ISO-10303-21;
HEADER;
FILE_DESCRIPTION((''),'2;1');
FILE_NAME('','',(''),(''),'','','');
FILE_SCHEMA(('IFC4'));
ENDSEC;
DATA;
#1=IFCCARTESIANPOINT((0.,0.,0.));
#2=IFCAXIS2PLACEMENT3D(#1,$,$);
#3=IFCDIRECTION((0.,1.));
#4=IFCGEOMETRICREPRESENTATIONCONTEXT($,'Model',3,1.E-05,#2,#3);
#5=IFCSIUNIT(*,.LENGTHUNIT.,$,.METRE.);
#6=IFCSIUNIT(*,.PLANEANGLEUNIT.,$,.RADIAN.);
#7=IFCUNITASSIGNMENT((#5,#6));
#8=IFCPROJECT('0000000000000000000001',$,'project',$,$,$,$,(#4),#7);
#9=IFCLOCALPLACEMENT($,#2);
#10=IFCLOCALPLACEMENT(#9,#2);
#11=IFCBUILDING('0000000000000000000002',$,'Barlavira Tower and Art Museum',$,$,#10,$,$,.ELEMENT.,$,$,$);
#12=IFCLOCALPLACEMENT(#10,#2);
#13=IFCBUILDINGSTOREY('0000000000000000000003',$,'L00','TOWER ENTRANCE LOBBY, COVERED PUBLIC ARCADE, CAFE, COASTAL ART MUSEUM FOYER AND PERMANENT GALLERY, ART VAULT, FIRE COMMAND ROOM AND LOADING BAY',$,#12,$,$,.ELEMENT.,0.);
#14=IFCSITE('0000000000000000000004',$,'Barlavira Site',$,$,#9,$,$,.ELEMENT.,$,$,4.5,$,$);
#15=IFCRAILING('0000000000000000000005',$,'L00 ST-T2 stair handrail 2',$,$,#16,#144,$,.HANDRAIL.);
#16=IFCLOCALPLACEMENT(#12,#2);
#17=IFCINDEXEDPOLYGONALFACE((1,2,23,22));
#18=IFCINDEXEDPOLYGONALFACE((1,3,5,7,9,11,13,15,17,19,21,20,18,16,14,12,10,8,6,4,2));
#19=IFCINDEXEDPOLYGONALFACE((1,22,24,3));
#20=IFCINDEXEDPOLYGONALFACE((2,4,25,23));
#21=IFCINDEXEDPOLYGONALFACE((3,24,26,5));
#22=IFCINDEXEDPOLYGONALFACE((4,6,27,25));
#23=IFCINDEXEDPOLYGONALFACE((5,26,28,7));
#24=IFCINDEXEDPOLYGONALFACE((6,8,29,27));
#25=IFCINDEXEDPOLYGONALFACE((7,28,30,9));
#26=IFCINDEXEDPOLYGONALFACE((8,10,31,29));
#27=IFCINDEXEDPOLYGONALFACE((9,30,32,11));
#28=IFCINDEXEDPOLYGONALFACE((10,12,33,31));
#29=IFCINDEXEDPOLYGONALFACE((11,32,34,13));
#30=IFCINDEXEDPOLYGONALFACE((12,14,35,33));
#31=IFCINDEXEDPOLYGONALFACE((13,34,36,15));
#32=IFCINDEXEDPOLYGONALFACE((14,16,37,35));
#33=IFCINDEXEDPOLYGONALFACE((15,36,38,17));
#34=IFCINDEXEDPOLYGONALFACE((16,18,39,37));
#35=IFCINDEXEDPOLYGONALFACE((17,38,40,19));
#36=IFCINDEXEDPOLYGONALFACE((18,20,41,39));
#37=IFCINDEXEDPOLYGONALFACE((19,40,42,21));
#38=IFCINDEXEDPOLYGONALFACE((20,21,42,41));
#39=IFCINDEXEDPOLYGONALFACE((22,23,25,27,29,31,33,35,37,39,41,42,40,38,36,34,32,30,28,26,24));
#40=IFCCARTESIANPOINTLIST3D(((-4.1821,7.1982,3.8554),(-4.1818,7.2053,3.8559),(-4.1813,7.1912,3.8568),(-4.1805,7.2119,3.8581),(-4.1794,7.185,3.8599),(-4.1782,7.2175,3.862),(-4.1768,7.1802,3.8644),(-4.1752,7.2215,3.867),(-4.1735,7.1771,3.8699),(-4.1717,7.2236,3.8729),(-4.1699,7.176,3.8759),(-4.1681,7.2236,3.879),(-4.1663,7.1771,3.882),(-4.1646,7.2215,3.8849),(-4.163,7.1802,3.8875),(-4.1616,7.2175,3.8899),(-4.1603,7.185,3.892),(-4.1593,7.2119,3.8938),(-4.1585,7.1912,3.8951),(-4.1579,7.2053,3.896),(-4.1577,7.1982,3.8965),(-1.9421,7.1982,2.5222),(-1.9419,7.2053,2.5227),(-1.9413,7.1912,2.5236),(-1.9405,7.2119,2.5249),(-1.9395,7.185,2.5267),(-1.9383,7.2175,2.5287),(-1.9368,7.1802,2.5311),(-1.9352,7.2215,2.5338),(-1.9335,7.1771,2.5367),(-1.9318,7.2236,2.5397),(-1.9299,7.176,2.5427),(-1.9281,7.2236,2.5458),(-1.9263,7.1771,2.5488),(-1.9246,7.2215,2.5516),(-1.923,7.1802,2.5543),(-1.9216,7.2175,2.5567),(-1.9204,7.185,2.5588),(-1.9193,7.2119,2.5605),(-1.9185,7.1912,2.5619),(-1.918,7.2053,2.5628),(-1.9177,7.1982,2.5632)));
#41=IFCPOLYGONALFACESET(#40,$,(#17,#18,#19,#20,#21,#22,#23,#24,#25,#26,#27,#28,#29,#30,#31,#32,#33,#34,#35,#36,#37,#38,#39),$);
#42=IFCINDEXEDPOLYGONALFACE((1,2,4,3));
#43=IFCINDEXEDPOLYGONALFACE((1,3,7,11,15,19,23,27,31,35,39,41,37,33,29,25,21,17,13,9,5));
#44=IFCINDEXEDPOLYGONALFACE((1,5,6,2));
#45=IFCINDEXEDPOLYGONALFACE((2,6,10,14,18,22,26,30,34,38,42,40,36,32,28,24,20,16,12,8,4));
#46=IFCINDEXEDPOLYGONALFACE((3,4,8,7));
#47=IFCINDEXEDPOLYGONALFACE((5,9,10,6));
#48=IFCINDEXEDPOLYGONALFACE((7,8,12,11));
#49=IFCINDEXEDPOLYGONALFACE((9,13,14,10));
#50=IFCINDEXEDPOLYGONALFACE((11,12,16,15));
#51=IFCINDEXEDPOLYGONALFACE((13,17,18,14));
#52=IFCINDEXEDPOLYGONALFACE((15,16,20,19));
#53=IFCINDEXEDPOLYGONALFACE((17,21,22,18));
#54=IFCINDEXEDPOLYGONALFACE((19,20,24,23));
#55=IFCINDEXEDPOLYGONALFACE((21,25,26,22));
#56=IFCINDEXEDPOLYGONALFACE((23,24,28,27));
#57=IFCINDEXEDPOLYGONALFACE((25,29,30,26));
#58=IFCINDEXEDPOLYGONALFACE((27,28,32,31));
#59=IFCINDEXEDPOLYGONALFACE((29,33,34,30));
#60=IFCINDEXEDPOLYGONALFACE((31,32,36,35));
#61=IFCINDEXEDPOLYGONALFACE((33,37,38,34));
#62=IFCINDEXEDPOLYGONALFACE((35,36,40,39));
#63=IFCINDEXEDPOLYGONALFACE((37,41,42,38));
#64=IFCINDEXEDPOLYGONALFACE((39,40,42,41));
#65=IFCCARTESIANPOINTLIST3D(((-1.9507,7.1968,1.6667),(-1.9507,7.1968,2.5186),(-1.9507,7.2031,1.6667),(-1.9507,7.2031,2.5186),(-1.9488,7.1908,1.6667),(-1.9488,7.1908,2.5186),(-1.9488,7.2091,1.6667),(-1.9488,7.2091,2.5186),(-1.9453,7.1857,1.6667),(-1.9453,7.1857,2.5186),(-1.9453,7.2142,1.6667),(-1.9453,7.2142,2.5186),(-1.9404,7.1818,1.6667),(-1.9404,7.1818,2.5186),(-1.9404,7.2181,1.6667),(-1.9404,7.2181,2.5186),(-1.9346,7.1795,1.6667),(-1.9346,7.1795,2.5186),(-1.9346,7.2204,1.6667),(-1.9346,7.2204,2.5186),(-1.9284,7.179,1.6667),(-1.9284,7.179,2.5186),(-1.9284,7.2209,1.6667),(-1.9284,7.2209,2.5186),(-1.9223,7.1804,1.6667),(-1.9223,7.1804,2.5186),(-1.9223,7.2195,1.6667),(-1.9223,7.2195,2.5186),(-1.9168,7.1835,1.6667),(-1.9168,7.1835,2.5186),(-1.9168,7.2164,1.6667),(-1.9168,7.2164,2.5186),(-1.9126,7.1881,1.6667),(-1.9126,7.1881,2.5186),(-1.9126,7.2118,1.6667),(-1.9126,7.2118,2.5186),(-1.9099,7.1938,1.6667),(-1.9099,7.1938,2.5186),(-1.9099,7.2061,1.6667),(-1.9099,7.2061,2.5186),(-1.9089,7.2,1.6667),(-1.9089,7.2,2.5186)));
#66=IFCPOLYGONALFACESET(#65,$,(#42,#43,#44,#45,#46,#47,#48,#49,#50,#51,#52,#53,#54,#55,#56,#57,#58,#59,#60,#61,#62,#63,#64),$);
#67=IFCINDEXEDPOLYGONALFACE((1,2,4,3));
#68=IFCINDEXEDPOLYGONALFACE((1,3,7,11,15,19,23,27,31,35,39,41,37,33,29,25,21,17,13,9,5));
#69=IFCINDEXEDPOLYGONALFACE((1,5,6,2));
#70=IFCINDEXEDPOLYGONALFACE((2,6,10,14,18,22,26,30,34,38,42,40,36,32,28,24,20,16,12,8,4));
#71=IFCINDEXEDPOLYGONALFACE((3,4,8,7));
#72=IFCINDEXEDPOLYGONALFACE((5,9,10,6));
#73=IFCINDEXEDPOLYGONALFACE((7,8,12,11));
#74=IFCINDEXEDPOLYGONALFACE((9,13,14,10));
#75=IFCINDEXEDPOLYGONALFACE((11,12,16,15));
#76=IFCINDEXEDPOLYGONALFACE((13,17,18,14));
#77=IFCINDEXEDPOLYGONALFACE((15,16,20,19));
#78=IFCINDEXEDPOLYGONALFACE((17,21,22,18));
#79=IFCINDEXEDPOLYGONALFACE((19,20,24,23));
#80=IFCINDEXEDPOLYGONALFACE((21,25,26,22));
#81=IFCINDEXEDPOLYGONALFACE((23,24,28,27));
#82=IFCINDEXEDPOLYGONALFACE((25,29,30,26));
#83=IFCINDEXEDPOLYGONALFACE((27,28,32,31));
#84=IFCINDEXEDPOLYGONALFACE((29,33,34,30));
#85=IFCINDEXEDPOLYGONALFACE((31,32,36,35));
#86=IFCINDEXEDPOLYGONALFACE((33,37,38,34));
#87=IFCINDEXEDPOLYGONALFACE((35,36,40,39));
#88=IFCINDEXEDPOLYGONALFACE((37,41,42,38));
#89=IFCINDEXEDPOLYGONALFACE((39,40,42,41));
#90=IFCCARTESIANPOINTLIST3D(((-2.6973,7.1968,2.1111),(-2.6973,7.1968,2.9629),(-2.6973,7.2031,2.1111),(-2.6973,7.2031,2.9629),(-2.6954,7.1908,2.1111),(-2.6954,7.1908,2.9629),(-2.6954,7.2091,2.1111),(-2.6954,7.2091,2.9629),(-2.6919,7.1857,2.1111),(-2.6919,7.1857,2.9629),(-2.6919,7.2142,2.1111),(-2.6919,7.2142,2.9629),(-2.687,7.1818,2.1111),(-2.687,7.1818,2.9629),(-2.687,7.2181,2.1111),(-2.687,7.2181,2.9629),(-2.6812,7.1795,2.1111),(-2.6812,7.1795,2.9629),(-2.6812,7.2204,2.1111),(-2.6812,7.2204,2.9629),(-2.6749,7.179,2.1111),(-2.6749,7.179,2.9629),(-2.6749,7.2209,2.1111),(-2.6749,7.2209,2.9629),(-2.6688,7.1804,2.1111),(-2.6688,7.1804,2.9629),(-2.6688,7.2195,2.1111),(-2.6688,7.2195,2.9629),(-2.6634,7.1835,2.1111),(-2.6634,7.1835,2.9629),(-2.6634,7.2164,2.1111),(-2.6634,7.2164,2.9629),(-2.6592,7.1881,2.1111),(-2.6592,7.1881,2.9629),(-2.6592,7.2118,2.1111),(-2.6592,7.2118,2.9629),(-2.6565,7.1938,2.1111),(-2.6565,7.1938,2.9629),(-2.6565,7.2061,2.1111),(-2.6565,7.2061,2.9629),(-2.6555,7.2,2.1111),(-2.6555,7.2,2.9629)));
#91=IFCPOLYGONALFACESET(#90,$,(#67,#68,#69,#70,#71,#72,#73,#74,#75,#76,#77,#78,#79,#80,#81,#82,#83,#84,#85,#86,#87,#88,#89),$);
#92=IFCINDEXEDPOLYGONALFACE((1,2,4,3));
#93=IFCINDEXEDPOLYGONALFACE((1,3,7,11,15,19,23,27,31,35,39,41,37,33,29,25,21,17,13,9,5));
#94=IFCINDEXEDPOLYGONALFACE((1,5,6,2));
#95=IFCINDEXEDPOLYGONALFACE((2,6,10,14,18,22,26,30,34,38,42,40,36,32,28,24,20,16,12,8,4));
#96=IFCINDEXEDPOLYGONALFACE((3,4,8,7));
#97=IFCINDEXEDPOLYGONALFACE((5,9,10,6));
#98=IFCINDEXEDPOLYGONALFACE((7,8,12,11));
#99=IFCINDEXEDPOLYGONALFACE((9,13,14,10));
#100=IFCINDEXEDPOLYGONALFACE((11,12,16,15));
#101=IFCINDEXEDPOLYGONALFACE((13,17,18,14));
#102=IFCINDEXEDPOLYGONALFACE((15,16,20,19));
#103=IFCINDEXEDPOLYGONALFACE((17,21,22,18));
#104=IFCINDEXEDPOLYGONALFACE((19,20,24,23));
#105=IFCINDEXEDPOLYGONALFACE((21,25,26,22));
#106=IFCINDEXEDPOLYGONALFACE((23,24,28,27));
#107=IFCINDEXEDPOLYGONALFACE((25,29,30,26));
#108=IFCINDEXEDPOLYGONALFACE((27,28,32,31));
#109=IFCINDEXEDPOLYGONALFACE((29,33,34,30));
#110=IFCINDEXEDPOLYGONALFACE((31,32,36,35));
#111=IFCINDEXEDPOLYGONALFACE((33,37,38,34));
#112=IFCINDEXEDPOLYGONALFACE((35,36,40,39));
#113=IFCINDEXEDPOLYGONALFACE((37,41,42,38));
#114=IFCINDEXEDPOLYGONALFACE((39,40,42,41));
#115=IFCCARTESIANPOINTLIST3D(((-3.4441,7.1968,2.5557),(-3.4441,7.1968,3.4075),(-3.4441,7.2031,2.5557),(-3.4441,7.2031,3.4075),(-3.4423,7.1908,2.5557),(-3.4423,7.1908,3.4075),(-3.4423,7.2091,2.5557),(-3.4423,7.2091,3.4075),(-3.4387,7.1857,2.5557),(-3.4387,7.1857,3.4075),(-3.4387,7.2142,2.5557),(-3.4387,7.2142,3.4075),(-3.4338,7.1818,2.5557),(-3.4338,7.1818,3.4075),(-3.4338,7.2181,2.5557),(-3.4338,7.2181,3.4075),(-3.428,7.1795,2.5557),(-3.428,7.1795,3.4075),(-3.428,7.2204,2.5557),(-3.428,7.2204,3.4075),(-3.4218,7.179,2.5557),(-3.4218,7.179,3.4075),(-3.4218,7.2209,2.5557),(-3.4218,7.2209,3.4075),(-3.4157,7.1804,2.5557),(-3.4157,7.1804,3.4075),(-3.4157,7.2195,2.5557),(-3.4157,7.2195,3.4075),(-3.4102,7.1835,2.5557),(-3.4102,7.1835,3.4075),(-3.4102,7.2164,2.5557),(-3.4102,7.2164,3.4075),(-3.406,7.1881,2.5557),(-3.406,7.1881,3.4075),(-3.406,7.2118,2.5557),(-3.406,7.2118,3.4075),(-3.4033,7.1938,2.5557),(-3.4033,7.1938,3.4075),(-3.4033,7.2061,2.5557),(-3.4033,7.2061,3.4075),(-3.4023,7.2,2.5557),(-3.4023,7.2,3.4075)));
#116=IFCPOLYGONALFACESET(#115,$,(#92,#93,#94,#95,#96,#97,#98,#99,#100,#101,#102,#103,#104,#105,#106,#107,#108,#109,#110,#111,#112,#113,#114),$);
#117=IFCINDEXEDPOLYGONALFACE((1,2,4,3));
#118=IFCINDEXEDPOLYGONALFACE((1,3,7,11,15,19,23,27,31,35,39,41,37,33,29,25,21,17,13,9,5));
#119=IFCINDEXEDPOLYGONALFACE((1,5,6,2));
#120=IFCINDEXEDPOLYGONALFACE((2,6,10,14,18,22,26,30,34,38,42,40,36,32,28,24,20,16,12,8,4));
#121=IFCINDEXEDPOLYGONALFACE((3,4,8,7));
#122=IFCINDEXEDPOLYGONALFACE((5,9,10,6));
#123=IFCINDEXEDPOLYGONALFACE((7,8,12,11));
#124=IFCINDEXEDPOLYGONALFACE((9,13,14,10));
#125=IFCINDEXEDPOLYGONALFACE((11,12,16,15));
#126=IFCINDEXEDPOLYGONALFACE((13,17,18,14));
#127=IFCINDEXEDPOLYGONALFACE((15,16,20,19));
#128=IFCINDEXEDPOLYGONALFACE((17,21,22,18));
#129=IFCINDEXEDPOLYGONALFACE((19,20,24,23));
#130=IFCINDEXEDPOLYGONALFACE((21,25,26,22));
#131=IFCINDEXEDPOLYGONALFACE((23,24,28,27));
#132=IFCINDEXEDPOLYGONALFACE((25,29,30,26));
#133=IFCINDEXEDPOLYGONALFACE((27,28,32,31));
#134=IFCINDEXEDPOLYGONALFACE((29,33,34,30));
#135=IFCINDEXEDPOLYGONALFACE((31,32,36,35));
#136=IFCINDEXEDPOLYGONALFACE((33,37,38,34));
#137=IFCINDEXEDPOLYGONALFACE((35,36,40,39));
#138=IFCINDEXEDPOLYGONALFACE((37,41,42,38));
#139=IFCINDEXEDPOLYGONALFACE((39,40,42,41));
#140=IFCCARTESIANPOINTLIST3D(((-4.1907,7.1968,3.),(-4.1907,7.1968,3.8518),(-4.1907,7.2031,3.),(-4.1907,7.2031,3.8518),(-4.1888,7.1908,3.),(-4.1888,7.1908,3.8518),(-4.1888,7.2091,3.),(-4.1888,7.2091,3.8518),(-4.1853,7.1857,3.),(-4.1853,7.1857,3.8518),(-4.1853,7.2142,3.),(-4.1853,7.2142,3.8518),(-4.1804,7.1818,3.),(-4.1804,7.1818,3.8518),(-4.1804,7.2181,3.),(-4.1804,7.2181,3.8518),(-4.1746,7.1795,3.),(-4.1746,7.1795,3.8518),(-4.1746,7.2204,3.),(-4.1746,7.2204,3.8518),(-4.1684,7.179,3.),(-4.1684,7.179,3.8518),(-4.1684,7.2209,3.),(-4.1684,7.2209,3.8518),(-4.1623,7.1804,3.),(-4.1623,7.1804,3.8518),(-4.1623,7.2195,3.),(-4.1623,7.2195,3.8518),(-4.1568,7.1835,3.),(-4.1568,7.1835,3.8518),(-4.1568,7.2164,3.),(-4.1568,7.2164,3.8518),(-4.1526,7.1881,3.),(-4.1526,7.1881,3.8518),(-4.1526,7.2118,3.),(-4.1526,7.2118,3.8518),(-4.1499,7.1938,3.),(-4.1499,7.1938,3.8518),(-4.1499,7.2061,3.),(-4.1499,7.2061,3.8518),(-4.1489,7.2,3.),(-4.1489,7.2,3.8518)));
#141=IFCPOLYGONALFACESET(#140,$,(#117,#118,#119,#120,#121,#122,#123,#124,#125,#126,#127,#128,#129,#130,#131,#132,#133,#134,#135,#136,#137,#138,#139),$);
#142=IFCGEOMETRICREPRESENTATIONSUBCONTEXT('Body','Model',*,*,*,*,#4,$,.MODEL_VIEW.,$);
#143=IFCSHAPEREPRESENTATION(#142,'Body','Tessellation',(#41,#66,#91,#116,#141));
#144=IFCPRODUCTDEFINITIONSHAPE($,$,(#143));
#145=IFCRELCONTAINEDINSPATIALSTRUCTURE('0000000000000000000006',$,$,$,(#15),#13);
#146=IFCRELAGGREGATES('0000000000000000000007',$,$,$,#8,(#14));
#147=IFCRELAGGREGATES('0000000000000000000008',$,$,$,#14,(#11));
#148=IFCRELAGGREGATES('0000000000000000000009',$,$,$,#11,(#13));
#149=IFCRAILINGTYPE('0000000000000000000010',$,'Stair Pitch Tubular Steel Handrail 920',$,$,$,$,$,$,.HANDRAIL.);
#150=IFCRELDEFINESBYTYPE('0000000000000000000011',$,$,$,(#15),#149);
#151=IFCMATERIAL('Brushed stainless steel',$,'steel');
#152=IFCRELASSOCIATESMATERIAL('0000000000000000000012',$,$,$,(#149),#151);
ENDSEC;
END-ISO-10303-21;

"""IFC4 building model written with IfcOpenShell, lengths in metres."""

from ifc_helpers import new_model, si_unit, direction, frame, origin, origin_2d, place, context, subcontext, project, spatial, circle, extrude, material, type_object, element, save


model = new_model("IFC4")

# Units and contexts
model_context = context("Model", 3, precision=1e-05, world=origin(), true_north=direction((0.0, 1.0)))
body_context = subcontext(model_context, "Body", "Model", "MODEL_VIEW")
ifc_project = project(units=[si_unit("LENGTHUNIT", "METRE"), si_unit("PLANEANGLEUNIT", "RADIAN")], contexts=[model_context])

# Site, building, storey
site_placement = place(None, origin())
site = spatial("IfcSite", under=ifc_project, at=site_placement, Name="Barlavira Site", CompositionType="ELEMENT", RefElevation=4.5)
building_placement = place(site_placement, origin())
building = spatial("IfcBuilding", under=site, at=building_placement, Name="Barlavira Tower and Art Museum", CompositionType="ELEMENT")
storey_placement = place(building_placement, origin())
storey = spatial("IfcBuildingStorey", under=building, at=storey_placement, Name="L00", Description="TOWER ENTRANCE LOBBY, COVERED PUBLIC ARCADE, CAFE, COASTAL ART MUSEUM FOYER AND PERMANENT GALLERY, ART VAULT, FIRE COMMAND ROOM AND LOADING BAY", CompositionType="ELEMENT", Elevation=0.0)

# Shared definitions
ifc_material_1 = material(Name="Brushed stainless steel", Category="steel")

# Railing
railing_type_1 = type_object("IfcRailingType", Name="Stair Pitch Tubular Steel Handrail 920", PredefinedType="HANDRAIL", material=ifc_material_1)
for number, where, name in (
    (1, (-1.9299, 7.2, 1.6667), "L00 ST-T2 stair handrail 2"),
):
    element("IfcRailing", number, at=place(storey_placement, frame(where)), inside=storey, type_object=railing_type_1, Name=name, PredefinedType="HANDRAIL", context=body_context, shape_type="SweptSolid", body=[
        extrude(circle(Radius=0.0239, at=origin_2d()), frame((0.0, 0.0, 0.876), z_axis=(-0.859306, 0.0, 0.511462), x_axis=(0.0, -1.0, 0.0)), (0.0, 0.0, 1.0), 2.6067),
        extrude(circle(Radius=0.021, at=origin_2d()), origin(), (0.0, 0.0, 1.0), 0.8518),
        extrude(circle(Radius=0.021, at=origin_2d()), frame((-0.7466, 0.0, 0.4443)), (0.0, 0.0, 1.0), 0.8518),
        extrude(circle(Radius=0.021, at=origin_2d()), frame((-1.4934, 0.0, 0.8889)), (0.0, 0.0, 1.0), 0.8518),
        extrude(circle(Radius=0.021, at=origin_2d()), frame((-2.24, 0.0, 1.3333)), (0.0, 0.0, 1.0), 0.8518),
    ])

save(model, "model.ifc")
